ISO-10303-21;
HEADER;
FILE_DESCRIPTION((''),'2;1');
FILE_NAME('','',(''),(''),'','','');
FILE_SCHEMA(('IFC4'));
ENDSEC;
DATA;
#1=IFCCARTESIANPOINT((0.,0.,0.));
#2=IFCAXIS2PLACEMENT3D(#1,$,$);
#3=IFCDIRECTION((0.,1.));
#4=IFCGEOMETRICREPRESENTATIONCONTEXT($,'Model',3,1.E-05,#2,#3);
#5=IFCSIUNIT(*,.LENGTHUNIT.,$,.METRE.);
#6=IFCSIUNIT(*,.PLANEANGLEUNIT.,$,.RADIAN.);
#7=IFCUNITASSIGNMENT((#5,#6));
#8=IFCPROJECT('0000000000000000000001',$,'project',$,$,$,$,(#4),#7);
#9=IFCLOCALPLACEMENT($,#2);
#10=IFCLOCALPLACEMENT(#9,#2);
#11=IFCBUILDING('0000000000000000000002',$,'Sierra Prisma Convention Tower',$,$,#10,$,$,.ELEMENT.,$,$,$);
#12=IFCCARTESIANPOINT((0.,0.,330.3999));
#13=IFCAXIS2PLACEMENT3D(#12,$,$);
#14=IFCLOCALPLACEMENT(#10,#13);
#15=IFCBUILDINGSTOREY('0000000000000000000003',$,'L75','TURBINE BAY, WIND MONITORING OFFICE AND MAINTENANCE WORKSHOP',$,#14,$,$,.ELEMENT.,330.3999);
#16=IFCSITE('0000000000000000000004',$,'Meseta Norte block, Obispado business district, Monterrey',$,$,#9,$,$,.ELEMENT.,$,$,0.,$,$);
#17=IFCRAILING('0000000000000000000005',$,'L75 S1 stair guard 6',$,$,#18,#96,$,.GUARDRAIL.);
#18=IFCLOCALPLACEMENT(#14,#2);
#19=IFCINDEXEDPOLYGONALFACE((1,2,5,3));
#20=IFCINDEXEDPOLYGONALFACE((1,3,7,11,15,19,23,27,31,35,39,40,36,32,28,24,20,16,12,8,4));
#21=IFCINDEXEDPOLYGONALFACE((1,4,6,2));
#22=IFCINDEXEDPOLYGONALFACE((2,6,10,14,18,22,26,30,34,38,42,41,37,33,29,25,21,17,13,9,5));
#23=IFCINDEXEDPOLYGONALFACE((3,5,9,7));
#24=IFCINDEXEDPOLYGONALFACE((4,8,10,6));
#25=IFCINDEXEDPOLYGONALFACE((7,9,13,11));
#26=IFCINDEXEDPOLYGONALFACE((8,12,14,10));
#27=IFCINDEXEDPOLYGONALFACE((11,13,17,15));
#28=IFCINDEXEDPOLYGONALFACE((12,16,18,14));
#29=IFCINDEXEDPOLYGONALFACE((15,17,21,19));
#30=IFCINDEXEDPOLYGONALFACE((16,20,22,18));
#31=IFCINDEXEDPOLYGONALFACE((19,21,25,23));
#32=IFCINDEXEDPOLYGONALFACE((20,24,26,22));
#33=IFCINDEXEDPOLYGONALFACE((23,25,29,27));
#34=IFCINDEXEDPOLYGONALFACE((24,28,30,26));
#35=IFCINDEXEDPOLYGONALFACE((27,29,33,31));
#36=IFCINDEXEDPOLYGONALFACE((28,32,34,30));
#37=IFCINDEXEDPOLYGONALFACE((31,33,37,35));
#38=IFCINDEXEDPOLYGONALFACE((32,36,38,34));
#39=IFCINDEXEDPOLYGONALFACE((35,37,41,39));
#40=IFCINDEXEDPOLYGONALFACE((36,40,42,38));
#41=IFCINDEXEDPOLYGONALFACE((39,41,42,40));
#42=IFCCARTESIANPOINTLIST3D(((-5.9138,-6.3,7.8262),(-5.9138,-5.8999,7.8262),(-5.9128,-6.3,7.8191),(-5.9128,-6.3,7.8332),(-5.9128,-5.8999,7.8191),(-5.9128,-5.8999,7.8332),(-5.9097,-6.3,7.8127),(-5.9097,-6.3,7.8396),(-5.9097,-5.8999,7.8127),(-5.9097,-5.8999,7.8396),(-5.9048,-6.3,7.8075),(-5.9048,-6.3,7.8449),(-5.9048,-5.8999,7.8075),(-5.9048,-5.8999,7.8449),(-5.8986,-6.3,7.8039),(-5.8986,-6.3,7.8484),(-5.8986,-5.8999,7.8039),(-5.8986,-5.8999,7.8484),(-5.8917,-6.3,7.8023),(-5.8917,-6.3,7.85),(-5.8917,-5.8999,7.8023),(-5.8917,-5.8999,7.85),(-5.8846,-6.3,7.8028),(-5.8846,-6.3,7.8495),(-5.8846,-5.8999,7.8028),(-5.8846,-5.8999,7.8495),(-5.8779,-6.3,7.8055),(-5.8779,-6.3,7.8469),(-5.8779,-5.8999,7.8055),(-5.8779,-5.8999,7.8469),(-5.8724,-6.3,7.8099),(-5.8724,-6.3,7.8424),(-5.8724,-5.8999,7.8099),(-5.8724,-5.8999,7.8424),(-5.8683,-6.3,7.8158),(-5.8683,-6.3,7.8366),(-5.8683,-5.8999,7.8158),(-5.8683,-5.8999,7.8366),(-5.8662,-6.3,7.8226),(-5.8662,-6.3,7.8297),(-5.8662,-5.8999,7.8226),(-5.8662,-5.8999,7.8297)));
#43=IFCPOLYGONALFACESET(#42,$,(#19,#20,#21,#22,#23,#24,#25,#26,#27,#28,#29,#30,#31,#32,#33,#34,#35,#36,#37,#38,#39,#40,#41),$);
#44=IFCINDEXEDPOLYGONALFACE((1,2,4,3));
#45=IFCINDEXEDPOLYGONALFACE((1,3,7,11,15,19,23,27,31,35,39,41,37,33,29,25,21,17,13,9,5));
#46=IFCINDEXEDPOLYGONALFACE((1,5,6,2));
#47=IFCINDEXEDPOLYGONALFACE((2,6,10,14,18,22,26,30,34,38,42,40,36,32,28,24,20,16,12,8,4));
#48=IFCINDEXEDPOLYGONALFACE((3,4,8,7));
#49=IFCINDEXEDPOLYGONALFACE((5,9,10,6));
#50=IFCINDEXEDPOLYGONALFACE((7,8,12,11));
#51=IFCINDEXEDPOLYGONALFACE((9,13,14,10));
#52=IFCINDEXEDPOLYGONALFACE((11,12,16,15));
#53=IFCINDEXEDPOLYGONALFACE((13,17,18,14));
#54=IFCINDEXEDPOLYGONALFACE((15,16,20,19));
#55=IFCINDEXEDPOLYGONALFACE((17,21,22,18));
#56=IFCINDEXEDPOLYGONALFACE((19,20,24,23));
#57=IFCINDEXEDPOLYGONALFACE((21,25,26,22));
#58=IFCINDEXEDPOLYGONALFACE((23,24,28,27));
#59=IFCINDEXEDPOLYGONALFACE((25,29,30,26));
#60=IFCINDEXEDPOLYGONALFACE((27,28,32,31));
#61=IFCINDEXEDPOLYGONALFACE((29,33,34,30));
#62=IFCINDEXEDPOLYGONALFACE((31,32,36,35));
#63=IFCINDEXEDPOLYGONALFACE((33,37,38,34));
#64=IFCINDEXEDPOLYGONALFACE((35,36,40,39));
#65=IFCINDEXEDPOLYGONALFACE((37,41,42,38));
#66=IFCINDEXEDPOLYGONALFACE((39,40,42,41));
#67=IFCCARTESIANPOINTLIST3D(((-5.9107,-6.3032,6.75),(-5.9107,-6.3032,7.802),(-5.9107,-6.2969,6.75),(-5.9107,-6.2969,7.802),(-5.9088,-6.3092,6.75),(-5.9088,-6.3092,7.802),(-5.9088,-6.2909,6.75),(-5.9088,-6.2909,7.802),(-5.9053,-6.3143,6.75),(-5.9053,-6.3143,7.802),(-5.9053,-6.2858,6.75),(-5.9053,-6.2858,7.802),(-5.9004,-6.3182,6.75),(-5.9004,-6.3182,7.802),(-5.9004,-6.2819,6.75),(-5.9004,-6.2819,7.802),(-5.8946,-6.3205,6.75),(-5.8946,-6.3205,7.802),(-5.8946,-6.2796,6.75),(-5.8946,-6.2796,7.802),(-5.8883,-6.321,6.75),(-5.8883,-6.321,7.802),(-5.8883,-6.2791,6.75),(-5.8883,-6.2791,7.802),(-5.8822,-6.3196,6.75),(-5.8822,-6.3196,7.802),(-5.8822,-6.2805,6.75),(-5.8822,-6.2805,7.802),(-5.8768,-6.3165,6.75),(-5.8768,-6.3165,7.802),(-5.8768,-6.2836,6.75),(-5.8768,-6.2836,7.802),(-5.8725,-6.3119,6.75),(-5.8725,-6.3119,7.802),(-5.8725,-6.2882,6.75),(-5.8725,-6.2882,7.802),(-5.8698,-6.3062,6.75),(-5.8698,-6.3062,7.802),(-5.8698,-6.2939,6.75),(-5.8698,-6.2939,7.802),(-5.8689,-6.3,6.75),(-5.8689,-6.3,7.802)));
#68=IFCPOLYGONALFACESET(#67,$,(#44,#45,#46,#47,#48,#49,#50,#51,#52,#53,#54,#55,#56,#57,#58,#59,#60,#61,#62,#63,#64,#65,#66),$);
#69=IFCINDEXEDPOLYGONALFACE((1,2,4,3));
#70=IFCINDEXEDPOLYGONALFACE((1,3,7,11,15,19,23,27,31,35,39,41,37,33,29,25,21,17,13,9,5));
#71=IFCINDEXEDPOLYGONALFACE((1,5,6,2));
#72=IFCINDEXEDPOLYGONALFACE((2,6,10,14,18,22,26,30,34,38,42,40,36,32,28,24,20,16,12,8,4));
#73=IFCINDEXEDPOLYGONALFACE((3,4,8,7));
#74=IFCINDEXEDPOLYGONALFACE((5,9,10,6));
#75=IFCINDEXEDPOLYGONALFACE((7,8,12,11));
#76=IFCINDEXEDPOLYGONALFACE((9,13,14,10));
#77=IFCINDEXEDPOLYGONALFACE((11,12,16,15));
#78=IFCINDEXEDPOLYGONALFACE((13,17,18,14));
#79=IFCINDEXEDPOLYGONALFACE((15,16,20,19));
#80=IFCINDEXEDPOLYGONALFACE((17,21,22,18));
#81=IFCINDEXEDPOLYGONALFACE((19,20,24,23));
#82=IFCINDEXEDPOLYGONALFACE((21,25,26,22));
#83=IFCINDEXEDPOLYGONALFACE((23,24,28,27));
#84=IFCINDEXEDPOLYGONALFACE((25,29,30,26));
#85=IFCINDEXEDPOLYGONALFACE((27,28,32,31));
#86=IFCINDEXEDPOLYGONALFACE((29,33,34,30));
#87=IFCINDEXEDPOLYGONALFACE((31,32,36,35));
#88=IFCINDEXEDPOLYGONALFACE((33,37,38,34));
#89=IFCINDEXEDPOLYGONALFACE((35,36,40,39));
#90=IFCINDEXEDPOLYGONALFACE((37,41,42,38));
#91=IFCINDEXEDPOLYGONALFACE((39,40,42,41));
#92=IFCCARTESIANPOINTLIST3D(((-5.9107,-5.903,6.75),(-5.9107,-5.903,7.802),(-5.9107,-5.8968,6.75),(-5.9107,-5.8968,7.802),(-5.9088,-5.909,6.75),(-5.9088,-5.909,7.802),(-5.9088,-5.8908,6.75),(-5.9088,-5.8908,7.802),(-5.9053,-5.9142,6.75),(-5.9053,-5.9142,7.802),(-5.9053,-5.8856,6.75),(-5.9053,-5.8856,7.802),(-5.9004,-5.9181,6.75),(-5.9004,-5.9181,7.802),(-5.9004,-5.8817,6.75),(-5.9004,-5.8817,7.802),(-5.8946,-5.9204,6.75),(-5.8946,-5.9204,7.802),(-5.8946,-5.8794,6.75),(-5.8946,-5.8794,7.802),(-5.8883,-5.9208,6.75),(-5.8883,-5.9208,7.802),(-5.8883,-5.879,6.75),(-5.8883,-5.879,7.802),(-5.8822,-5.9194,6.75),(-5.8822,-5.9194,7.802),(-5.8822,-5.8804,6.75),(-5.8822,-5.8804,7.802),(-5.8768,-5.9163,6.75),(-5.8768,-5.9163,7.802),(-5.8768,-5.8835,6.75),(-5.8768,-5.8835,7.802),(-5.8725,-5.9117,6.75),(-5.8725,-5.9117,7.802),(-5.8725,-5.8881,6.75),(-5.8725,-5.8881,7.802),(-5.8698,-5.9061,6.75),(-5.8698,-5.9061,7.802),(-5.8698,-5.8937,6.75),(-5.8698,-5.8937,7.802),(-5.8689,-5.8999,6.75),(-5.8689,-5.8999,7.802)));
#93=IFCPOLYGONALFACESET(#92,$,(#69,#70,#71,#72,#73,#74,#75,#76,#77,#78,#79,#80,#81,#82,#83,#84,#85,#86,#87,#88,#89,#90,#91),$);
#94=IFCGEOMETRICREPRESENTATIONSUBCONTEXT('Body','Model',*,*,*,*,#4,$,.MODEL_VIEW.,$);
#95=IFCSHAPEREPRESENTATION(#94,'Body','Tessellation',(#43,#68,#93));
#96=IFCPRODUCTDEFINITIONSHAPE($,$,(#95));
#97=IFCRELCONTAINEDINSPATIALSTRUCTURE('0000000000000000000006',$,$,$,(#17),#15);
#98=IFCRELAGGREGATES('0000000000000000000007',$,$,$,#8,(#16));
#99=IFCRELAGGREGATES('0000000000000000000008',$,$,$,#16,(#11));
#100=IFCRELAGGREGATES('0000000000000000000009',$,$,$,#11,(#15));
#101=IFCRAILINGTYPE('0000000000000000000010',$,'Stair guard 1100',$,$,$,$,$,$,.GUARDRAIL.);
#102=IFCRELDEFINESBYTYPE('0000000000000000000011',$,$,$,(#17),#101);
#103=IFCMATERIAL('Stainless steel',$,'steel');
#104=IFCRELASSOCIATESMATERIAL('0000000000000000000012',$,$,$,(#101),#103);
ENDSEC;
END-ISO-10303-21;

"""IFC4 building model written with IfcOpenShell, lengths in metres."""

from ifc_helpers import new_model, si_unit, direction, frame, origin, origin_2d, place, context, subcontext, project, spatial, circle, extrude, material, type_object, element, save


model = new_model("IFC4")

# Units and contexts
model_context = context("Model", 3, precision=1e-05, world=origin(), true_north=direction((0.0, 1.0)))
body_context = subcontext(model_context, "Body", "Model", "MODEL_VIEW")
ifc_project = project(units=[si_unit("LENGTHUNIT", "METRE"), si_unit("PLANEANGLEUNIT", "RADIAN")], contexts=[model_context])

# Site, building, storey
site_placement = place(None, origin())
site = spatial("IfcSite", under=ifc_project, at=site_placement, Name="Meseta Norte block, Obispado business district, Monterrey", CompositionType="ELEMENT", RefElevation=0.0)
building_placement = place(site_placement, origin())
building = spatial("IfcBuilding", under=site, at=building_placement, Name="Sierra Prisma Convention Tower", CompositionType="ELEMENT")
storey_placement = place(building_placement, frame((0.0, 0.0, 330.3999)))
storey = spatial("IfcBuildingStorey", under=building, at=storey_placement, Name="L75", Description="TURBINE BAY, WIND MONITORING OFFICE AND MAINTENANCE WORKSHOP", CompositionType="ELEMENT", Elevation=330.3999)

# Railing
ifc_material_1 = material(Name="Stainless steel", Category="steel")
railing_type_1 = type_object("IfcRailingType", Name="Stair guard 1100", PredefinedType="GUARDRAIL", material=ifc_material_1)
railing_1_placement = place(storey_placement, frame((-5.8899, -6.3, 6.75)))
element("IfcRailing", 1, at=railing_1_placement, inside=storey, type_object=railing_type_1, Name="L75 S1 stair guard 6", PredefinedType="GUARDRAIL", context=body_context, shape_type="SweptSolid", body=[
    extrude(circle(Radius=0.0239, at=origin_2d()), frame((0.0, 0.0, 1.0762), z_axis=(0.0, 1.0, 0.0), x_axis=(-1.0, 0.0, 0.0)), (0.0, 0.0, 1.0), 0.4001),
    extrude(circle(Radius=0.021, at=origin_2d()), origin(), (0.0, 0.0, 1.0), 1.052),
    extrude(circle(Radius=0.021, at=origin_2d()), frame((0.0, 0.4001, 0.0)), (0.0, 0.0, 1.0), 1.052),
])

save(model, "model.ifc")
